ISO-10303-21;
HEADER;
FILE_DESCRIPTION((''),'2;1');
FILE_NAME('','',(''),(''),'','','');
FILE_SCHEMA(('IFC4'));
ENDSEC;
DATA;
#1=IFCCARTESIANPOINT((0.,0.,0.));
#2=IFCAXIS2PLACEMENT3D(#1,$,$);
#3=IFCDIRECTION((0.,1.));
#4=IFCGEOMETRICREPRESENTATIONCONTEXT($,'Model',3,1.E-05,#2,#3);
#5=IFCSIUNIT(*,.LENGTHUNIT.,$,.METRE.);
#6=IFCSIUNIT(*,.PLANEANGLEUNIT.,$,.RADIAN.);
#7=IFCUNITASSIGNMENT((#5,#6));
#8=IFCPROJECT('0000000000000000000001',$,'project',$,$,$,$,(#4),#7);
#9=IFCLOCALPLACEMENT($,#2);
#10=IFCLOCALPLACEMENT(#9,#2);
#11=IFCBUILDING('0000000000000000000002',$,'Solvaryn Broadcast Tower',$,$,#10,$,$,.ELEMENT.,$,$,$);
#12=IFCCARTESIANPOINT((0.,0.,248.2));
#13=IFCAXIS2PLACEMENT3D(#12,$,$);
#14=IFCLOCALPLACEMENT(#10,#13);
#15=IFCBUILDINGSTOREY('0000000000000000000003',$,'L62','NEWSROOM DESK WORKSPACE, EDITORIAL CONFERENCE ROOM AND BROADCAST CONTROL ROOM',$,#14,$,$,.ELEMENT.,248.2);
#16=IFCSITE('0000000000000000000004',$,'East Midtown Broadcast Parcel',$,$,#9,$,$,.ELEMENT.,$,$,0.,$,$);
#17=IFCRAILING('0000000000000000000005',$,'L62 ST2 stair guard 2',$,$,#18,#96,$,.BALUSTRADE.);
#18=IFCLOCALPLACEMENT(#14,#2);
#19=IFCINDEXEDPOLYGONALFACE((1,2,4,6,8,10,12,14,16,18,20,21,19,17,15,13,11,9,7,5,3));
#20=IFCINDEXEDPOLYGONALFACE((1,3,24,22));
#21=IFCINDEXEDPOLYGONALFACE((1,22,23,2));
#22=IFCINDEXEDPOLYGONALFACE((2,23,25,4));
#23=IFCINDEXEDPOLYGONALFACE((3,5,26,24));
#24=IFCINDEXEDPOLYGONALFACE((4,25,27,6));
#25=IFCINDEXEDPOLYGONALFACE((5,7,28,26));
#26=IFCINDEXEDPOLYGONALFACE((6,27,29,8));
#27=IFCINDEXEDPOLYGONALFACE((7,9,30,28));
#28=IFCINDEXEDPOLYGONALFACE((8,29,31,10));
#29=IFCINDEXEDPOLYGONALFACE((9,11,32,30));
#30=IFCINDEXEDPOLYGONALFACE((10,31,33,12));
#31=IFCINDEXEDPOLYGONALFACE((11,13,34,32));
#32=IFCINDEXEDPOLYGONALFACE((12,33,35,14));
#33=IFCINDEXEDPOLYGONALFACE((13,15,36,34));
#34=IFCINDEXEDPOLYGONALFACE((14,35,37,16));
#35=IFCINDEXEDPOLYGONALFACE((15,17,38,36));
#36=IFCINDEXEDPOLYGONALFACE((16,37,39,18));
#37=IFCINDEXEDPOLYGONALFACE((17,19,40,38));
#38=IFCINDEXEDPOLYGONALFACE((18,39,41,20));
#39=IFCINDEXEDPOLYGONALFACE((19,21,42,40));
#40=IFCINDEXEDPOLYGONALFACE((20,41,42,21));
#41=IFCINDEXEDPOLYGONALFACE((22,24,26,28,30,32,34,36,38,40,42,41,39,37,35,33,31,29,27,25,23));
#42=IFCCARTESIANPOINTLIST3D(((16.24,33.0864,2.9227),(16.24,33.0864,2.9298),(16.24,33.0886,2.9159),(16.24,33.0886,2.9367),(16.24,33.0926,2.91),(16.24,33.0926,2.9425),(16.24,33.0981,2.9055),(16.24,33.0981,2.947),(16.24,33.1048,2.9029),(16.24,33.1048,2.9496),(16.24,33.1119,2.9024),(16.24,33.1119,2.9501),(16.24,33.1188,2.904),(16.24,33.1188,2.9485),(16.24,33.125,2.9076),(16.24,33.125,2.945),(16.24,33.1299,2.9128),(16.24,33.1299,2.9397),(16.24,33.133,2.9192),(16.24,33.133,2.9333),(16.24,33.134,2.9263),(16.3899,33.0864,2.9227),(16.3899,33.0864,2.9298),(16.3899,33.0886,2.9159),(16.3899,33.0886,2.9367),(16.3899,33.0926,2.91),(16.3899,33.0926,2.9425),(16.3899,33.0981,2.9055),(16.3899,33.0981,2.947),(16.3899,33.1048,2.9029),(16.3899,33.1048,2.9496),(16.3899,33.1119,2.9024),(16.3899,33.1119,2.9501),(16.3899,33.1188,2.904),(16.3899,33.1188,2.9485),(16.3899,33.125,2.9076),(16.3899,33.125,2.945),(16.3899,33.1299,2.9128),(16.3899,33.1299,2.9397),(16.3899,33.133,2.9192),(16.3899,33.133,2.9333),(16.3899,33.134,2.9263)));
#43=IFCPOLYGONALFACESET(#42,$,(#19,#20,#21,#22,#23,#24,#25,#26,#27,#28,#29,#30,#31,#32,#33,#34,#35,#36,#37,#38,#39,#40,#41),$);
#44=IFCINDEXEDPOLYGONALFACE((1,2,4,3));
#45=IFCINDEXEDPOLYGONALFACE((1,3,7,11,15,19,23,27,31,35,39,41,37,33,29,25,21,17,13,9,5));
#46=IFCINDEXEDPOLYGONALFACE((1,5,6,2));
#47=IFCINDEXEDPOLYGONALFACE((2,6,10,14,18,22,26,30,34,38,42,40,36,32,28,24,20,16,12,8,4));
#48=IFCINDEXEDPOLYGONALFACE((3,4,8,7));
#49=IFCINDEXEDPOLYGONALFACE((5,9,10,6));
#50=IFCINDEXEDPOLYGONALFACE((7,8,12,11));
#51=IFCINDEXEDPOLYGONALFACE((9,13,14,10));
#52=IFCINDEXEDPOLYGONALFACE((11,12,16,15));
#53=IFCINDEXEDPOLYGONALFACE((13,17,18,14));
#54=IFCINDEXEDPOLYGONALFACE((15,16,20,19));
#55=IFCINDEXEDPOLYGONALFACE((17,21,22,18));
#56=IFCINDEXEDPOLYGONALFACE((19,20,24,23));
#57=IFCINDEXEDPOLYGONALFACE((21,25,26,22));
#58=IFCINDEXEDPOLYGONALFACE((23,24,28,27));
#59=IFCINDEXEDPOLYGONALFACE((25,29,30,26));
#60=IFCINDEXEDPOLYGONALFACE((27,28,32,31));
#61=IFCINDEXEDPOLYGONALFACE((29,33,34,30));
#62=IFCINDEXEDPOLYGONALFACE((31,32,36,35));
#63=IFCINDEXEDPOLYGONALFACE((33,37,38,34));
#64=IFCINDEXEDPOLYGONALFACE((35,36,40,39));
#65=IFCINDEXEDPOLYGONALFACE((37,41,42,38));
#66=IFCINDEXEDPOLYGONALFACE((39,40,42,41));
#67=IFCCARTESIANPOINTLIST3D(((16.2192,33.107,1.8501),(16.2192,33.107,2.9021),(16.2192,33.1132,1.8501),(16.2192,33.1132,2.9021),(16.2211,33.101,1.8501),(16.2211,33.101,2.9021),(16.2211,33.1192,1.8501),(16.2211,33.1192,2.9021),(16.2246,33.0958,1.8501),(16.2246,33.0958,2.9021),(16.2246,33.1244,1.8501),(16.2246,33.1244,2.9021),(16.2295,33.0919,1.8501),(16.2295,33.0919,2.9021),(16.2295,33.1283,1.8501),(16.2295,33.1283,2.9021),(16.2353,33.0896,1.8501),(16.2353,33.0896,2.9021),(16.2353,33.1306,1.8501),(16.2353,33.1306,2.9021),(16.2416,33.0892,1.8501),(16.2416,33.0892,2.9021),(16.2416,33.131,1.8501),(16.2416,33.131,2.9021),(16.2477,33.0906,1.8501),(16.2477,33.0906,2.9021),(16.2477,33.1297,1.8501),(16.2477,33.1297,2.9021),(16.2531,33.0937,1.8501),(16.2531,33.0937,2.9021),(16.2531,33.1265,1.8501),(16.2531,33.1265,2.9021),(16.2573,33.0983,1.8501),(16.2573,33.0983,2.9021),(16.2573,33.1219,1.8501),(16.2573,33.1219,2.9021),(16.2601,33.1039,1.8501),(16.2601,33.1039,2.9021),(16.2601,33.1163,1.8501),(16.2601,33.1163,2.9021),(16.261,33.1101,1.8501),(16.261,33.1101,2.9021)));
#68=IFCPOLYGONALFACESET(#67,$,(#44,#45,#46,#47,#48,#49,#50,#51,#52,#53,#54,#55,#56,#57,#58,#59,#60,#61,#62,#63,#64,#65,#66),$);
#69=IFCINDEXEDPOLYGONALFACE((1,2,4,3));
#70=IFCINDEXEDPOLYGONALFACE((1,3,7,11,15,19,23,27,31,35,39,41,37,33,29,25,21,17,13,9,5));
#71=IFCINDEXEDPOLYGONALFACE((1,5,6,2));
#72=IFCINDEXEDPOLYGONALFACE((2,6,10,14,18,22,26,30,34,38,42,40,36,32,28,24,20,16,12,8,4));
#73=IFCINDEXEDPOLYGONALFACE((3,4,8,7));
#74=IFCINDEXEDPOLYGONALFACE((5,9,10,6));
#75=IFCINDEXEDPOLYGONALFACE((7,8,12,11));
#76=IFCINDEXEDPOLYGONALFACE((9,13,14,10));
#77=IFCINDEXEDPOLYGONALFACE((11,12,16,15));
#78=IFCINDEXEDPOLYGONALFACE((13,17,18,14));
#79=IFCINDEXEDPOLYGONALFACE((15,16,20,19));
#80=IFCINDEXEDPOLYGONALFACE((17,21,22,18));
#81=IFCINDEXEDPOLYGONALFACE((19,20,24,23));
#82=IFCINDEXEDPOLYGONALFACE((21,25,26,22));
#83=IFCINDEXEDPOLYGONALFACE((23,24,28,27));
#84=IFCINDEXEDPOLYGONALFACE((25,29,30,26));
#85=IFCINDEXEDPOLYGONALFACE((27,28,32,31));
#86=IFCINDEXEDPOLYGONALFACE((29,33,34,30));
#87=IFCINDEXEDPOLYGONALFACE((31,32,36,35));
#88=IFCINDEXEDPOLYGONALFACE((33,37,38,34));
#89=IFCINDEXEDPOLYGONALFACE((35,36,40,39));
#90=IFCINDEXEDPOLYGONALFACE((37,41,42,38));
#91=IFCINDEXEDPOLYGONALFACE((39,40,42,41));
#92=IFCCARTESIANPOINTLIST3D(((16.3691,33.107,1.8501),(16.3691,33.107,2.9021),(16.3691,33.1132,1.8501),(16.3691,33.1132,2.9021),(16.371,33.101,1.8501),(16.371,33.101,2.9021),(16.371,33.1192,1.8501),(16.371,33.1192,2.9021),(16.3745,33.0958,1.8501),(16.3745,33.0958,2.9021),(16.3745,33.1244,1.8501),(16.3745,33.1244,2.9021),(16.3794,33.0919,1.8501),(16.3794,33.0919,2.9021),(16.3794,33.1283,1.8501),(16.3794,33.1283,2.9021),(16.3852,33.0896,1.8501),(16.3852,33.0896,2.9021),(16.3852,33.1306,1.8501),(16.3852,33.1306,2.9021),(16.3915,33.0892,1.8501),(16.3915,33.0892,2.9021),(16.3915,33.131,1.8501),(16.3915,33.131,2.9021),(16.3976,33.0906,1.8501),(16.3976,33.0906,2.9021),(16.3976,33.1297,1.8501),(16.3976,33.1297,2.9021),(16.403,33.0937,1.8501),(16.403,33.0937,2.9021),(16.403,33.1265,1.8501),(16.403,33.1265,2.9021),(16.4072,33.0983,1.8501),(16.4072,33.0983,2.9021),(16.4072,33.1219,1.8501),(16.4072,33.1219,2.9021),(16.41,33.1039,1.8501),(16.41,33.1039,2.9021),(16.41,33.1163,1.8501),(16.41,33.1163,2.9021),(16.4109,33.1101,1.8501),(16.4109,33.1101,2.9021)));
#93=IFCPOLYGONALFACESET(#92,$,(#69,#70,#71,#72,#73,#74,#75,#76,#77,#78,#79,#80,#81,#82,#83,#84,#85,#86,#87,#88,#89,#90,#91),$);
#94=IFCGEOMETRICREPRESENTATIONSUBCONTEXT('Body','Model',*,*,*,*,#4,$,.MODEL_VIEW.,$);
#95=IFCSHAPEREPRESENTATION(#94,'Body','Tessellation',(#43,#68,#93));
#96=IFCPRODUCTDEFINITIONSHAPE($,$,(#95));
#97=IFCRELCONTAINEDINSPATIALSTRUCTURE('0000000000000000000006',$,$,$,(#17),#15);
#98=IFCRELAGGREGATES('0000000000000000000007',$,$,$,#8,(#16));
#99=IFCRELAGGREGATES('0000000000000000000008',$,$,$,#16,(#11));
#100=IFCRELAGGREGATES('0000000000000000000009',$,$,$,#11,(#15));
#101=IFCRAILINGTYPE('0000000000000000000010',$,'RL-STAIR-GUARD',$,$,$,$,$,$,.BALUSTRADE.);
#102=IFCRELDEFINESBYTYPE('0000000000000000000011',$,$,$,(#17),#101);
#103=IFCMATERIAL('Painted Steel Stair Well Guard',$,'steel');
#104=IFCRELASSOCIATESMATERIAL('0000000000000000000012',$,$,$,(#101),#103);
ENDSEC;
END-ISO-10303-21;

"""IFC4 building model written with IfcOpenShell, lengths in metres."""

from ifc_helpers import new_model, si_unit, direction, frame, origin, origin_2d, place, context, subcontext, project, spatial, circle, extrude, material, type_object, element, save


model = new_model("IFC4")

# Units and contexts
model_context = context("Model", 3, precision=1e-05, world=origin(), true_north=direction((0.0, 1.0)))
body_context = subcontext(model_context, "Body", "Model", "MODEL_VIEW")
ifc_project = project(units=[si_unit("LENGTHUNIT", "METRE"), si_unit("PLANEANGLEUNIT", "RADIAN")], contexts=[model_context])

# Site, building, storey
site_placement = place(None, origin())
site = spatial("IfcSite", under=ifc_project, at=site_placement, Name="East Midtown Broadcast Parcel", CompositionType="ELEMENT", RefElevation=0.0)
building_placement = place(site_placement, origin())
building = spatial("IfcBuilding", under=site, at=building_placement, Name="Solvaryn Broadcast Tower", CompositionType="ELEMENT")
storey_placement = place(building_placement, frame((0.0, 0.0, 248.2)))
storey = spatial("IfcBuildingStorey", under=building, at=storey_placement, Name="L62", Description="NEWSROOM DESK WORKSPACE, EDITORIAL CONFERENCE ROOM AND BROADCAST CONTROL ROOM", CompositionType="ELEMENT", Elevation=248.2)

# Railing
ifc_material_1 = material(Name="Painted Steel Stair Well Guard", Category="steel")
railing_type_1 = type_object("IfcRailingType", Name="RL-STAIR-GUARD", PredefinedType="BALUSTRADE", material=ifc_material_1)
railing_1_placement = place(storey_placement, frame((16.24, 33.1101, 1.8501)))
element("IfcRailing", 1, at=railing_1_placement, inside=storey, type_object=railing_type_1, Name="L62 ST2 stair guard 2", PredefinedType="BALUSTRADE", context=body_context, shape_type="SweptSolid", body=[
    extrude(circle(Radius=0.0239, at=origin_2d()), frame((0.0, 0.0, 1.0762), z_axis=(1.0, 0.0, 0.0), x_axis=(0.0, 1.0, 0.0)), (0.0, 0.0, 1.0), 0.1499),
    extrude(circle(Radius=0.021, at=origin_2d()), origin(), (0.0, 0.0, 1.0), 1.052),
    extrude(circle(Radius=0.021, at=origin_2d()), frame((0.1499, 0.0, 0.0)), (0.0, 0.0, 1.0), 1.052),
])

save(model, "model.ifc")
